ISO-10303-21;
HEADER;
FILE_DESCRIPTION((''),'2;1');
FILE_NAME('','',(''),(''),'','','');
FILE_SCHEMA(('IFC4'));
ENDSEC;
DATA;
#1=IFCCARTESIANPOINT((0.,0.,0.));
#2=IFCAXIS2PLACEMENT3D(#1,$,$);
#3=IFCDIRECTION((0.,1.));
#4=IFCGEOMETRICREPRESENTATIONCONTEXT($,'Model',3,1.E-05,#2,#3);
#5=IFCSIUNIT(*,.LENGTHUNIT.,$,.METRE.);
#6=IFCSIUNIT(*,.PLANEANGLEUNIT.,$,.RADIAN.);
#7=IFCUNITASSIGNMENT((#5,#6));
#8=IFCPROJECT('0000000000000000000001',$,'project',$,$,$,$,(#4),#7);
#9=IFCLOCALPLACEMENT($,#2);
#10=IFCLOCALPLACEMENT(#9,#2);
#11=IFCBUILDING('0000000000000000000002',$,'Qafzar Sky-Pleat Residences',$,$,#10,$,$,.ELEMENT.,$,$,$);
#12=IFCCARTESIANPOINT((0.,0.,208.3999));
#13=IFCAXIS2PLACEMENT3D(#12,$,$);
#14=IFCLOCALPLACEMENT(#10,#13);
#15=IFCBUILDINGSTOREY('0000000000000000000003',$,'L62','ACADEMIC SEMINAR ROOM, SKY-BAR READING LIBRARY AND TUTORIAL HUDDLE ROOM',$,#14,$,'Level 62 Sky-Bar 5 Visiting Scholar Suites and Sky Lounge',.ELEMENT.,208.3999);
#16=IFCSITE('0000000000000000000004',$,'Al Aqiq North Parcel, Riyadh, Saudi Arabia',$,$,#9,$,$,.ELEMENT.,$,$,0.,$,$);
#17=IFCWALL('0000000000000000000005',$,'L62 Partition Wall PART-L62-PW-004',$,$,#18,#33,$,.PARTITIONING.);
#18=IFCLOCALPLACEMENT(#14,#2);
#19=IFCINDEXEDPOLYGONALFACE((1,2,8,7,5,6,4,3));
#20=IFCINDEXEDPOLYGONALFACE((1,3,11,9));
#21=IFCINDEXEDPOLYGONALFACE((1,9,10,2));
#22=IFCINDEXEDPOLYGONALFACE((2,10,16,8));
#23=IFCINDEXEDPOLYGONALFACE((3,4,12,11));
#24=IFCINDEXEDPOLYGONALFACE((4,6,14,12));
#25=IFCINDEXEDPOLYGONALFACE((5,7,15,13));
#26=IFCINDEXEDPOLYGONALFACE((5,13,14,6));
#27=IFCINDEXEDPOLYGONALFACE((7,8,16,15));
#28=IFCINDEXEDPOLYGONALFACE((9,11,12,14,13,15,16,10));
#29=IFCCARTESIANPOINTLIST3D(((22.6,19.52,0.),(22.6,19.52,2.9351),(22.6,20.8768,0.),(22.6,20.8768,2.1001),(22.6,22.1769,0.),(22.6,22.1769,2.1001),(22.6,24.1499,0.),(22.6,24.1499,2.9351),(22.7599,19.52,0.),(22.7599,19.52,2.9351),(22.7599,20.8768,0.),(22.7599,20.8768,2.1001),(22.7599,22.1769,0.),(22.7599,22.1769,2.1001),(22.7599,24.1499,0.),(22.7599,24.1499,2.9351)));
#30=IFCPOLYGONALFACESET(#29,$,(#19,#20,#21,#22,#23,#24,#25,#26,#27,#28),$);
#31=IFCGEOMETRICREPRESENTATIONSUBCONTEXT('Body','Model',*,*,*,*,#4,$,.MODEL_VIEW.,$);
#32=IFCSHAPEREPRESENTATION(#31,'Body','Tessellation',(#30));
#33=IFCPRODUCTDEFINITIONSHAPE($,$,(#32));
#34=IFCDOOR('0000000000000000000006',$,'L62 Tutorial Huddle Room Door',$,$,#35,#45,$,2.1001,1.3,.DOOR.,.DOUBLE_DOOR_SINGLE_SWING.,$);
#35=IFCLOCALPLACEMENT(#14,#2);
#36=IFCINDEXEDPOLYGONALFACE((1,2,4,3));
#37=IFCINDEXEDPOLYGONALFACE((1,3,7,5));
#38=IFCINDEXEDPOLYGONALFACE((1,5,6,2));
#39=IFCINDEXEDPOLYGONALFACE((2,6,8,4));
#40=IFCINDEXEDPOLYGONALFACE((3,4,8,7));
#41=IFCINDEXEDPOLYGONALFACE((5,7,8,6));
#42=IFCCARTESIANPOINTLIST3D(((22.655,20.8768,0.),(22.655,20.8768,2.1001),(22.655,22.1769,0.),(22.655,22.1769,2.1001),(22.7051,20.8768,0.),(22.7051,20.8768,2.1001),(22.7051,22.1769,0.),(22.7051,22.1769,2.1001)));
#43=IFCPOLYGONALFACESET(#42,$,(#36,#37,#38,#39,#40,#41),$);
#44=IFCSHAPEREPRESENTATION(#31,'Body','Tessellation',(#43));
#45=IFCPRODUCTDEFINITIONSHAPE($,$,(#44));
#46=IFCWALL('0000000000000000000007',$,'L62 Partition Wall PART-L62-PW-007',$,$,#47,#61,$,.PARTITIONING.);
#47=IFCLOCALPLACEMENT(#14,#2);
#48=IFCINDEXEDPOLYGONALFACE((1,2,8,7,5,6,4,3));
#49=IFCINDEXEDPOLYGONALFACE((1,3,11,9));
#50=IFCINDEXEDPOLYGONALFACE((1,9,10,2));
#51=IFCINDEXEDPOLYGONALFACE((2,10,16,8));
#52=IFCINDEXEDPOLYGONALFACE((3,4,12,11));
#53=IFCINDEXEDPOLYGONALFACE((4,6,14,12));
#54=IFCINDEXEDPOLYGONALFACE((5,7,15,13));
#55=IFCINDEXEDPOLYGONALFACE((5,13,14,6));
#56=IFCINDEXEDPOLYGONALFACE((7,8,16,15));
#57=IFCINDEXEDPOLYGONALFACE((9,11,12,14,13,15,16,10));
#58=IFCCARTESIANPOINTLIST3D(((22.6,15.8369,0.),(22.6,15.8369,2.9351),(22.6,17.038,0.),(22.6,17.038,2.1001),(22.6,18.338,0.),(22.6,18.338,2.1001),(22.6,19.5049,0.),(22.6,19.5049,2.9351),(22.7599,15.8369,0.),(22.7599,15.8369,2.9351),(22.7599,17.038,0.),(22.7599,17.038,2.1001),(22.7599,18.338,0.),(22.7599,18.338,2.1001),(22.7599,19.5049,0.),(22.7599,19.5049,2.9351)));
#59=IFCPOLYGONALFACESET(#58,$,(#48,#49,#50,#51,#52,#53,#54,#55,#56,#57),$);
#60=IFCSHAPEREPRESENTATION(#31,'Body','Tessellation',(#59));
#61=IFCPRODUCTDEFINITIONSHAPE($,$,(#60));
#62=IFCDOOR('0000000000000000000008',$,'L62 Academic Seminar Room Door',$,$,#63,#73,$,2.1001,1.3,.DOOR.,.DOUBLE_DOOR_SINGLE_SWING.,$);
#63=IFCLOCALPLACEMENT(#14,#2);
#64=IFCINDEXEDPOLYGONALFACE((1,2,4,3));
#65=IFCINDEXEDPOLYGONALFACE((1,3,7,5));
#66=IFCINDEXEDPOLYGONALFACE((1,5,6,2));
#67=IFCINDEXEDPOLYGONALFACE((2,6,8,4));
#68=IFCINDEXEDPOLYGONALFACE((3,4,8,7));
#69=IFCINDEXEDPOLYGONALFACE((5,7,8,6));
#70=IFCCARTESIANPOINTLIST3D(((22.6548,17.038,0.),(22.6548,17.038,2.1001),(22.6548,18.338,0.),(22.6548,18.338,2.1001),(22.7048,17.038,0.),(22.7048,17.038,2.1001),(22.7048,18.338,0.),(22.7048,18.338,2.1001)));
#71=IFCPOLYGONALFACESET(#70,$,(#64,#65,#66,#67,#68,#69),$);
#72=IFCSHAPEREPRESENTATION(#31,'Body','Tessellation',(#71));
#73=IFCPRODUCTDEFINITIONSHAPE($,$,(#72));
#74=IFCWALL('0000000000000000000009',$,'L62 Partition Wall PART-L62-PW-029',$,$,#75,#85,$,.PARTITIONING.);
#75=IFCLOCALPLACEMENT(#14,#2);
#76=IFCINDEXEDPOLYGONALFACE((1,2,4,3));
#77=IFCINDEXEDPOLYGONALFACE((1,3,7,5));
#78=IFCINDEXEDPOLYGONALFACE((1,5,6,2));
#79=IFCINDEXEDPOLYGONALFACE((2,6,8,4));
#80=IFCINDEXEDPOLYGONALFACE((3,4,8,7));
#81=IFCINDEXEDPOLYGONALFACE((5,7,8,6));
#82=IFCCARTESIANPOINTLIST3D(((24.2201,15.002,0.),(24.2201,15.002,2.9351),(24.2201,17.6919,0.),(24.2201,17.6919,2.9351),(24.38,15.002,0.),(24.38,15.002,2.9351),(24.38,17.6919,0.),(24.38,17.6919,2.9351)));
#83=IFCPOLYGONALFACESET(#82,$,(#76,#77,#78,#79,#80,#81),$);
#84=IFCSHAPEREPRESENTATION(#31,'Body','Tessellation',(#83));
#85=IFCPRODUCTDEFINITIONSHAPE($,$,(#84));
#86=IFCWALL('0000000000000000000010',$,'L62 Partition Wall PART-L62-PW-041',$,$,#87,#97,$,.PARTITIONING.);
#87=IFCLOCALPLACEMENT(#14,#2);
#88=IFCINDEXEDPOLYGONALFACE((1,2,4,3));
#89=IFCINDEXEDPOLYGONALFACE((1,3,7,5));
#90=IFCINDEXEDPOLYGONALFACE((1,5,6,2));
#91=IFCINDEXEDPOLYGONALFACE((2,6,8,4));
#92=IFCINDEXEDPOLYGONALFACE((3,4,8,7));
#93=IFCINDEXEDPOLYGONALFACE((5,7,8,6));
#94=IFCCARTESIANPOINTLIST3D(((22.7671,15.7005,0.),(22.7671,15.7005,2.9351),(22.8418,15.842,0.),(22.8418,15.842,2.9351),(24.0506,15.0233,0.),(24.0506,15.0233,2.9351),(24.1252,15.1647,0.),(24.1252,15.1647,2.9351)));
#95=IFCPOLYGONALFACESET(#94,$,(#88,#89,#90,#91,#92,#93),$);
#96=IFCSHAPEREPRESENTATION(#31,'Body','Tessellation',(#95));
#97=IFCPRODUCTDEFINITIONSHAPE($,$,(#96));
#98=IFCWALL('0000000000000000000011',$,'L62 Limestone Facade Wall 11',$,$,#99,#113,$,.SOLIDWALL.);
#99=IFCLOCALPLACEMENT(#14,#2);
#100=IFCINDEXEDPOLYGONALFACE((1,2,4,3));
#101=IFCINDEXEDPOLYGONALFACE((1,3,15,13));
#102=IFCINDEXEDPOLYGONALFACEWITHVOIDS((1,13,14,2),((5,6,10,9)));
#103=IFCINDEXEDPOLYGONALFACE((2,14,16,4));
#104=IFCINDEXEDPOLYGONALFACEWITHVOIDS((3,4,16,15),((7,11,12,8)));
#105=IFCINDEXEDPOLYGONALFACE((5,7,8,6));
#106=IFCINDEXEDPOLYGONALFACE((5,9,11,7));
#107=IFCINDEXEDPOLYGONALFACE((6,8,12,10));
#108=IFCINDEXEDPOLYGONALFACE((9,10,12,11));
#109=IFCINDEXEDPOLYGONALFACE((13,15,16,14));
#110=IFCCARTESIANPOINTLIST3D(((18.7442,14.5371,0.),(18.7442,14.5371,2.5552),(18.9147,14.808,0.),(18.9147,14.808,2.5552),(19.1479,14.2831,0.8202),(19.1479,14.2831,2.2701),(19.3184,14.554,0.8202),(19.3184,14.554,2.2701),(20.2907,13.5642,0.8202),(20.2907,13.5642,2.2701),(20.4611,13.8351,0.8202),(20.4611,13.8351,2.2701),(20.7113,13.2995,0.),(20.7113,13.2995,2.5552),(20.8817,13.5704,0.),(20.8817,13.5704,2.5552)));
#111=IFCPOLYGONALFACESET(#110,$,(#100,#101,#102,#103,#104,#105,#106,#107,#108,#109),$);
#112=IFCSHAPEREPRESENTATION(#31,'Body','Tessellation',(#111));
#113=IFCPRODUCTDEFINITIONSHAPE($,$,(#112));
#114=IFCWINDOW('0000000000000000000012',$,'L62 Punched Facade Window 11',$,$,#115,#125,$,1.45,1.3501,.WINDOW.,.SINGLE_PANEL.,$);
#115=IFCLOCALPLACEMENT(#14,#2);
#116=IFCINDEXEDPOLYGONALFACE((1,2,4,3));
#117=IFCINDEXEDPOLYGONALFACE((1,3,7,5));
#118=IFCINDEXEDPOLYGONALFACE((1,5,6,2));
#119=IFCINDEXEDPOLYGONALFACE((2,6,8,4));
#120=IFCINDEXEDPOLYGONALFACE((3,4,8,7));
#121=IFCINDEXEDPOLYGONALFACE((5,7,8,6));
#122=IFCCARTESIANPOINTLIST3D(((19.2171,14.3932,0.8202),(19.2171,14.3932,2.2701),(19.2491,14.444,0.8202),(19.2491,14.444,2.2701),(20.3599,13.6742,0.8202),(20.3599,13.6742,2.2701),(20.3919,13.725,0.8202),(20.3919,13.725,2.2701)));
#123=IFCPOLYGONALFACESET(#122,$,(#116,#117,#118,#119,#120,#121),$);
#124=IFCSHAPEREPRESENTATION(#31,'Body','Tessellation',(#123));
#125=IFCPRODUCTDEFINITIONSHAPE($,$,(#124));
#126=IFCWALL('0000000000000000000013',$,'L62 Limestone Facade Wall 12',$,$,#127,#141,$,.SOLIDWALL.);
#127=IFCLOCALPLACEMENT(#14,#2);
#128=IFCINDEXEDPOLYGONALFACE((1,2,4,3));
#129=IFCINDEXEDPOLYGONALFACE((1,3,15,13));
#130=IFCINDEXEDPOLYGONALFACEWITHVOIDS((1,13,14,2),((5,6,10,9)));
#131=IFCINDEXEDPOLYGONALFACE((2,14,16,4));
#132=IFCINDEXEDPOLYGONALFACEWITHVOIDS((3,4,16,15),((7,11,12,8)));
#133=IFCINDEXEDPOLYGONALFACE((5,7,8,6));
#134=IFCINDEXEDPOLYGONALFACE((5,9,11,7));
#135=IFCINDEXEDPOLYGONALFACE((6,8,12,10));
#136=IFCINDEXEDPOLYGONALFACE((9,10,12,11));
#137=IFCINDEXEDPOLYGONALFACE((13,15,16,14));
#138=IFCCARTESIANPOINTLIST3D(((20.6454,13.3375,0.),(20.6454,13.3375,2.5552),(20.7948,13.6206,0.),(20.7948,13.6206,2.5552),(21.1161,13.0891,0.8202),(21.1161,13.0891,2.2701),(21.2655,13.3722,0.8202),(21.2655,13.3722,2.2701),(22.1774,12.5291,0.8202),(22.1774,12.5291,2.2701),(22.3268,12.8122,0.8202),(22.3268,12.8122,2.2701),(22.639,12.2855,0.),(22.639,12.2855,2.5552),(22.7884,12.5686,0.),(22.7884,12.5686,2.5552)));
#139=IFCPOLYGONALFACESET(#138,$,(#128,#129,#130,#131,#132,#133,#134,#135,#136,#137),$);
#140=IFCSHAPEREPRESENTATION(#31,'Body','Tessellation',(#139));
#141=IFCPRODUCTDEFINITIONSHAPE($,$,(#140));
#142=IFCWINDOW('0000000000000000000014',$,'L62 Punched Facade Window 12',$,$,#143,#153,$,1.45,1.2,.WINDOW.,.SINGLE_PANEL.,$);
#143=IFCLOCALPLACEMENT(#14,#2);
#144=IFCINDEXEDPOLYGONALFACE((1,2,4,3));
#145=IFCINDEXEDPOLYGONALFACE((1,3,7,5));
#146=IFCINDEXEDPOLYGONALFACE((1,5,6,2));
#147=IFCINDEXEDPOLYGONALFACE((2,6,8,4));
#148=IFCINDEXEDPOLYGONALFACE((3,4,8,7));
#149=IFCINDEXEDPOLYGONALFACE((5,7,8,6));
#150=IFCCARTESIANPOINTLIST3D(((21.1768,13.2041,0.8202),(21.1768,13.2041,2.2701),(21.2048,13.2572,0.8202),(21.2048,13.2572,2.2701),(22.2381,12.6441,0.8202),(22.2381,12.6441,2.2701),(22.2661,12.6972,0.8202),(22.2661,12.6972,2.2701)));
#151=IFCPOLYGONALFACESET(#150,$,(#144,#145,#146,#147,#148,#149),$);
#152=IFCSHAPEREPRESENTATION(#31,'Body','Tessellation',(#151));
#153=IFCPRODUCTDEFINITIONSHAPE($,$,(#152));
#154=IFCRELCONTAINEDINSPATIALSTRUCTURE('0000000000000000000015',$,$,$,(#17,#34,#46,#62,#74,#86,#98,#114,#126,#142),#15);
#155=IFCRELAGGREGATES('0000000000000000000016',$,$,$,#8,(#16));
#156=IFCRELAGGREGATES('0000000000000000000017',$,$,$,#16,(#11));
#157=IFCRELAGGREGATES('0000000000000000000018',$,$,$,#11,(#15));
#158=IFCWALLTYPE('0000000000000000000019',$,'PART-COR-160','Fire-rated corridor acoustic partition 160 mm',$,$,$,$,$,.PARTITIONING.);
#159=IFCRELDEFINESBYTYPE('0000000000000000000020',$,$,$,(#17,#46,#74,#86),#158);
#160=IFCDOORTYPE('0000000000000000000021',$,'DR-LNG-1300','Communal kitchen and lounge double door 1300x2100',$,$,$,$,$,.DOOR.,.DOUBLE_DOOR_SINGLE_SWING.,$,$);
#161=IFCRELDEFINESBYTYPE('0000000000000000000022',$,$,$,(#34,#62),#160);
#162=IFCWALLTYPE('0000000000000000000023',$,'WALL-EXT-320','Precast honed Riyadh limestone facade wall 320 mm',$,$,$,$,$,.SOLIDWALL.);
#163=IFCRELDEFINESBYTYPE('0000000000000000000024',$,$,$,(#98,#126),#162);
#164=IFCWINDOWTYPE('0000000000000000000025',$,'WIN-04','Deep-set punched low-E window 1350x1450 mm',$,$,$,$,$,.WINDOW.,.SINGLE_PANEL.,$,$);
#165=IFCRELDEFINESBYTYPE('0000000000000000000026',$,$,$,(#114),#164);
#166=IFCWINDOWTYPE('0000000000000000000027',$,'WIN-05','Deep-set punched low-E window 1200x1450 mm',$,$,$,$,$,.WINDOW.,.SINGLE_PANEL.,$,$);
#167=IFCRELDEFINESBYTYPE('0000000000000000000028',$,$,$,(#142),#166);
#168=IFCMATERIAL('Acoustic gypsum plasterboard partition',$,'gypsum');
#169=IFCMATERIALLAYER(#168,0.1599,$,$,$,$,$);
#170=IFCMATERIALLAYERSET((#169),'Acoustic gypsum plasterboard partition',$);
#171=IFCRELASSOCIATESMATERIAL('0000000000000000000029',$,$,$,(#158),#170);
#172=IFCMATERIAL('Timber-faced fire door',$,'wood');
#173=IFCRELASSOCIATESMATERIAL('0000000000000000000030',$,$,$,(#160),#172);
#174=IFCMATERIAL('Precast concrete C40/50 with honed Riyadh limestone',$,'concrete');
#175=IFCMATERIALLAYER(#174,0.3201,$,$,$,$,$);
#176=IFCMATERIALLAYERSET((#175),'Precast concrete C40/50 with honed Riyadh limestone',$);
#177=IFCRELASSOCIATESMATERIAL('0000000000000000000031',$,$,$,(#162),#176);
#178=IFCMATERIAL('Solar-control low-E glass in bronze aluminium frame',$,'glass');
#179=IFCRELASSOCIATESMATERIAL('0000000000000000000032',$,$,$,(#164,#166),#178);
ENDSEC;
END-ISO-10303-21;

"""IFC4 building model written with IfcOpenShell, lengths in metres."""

from ifc_helpers import new_model, si_unit, direction, frame, frame_2d, origin, place, context, subcontext, project, spatial, rectangle, extrude, source, transform, mapped, material, layer, layer_set, type_object, element, fill, save


model = new_model("IFC4")

# Units and contexts
model_context = context("Model", 3, precision=1e-05, world=origin(), true_north=direction((0.0, 1.0)))
body_context = subcontext(model_context, "Body", "Model", "MODEL_VIEW")
ifc_project = project(units=[si_unit("LENGTHUNIT", "METRE"), si_unit("PLANEANGLEUNIT", "RADIAN")], contexts=[model_context])

# Site, building, storey
site_placement = place(None, origin())
site = spatial("IfcSite", under=ifc_project, at=site_placement, Name="Al Aqiq North Parcel, Riyadh, Saudi Arabia", CompositionType="ELEMENT", RefElevation=0.0)
building_placement = place(site_placement, origin())
building = spatial("IfcBuilding", under=site, at=building_placement, Name="Qafzar Sky-Pleat Residences", CompositionType="ELEMENT")
storey_placement = place(building_placement, frame((0.0, 0.0, 208.3999)))
storey = spatial("IfcBuildingStorey", under=building, at=storey_placement, Name="L62", Description="ACADEMIC SEMINAR ROOM, SKY-BAR READING LIBRARY AND TUTORIAL HUDDLE ROOM", LongName="Level 62 Sky-Bar 5 Visiting Scholar Suites and Sky Lounge", CompositionType="ELEMENT", Elevation=208.3999)

# Walls, openings, doors
ifc_material_1 = material(Name="Acoustic gypsum plasterboard partition", Category="gypsum")
ifc_layer_1 = layer(ifc_material_1, 0.1599)
ifc_layer_set_1 = layer_set([ifc_layer_1], Name="Acoustic gypsum plasterboard partition")
wall_type_1 = type_object("IfcWallType", Name="PART-COR-160", Description="Fire-rated corridor acoustic partition 160 mm", PredefinedType="PARTITIONING", material=ifc_layer_set_1)
wall_1_placement = place(storey_placement, frame((22.6799, 19.52, 0.0), z_axis=(0.0, 0.0, 1.0), x_axis=(0.0, 1.0, 0.0)))
wall_1 = element("IfcWall", 1, at=wall_1_placement, inside=storey, type_object=wall_type_1, Name="L62 Partition Wall PART-L62-PW-004", PredefinedType="PARTITIONING", context=body_context, shape_type="SweptSolid", body=[
    extrude(rectangle(XDim=4.6299, YDim=0.1599, at=frame_2d((2.3149, 0.0))), origin(), (0.0, 0.0, 1.0), 2.9351),
])
opening_1_placement = place(wall_1_placement, frame((1.3569, 0.0, 0.0)))
opening_1 = element("IfcOpeningElement", 2, at=opening_1_placement, cuts=wall_1, PredefinedType="OPENING", context=body_context, shape_type="SweptSolid", body=[
    extrude(rectangle(XDim=1.3, YDim=2.1001, at=frame_2d((0.6499, 1.05))), frame((0.0, 0.0898, 0.0), z_axis=(0.0, -1.0, 0.0), x_axis=(1.0, 0.0, 0.0)), (0.0, 0.0, 1.0), 0.1799),
])
ifc_material_2 = material(Name="Timber-faced fire door", Category="wood")
door_type_1 = type_object("IfcDoorType", Name="DR-LNG-1300", Description="Communal kitchen and lounge double door 1300x2100", OperationType="DOUBLE_DOOR_SINGLE_SWING", PredefinedType="DOOR", material=ifc_material_2)
shared_shape_1 = source(origin(), body_context, "Body", "SweptSolid", [
    extrude(rectangle(XDim=1.3, YDim=2.1001, at=frame_2d((0.6499, 1.05))), frame((0.0, 0.0249, 0.0), z_axis=(0.0, -1.0, 0.0), x_axis=(1.0, 0.0, 0.0)), (0.0, 0.0, 1.0), 0.05),
])
door_1_placement = place(opening_1_placement, origin())
door_1 = element("IfcDoor", 3, at=door_1_placement, inside=storey, type_object=door_type_1, Name="L62 Tutorial Huddle Room Door", OperationType="DOUBLE_DOOR_SINGLE_SWING", OverallHeight=2.1001, OverallWidth=1.3, PredefinedType="DOOR", context=body_context, shape_type="MappedRepresentation", body=[
    mapped(shared_shape_1, transform((0.0, 0.0, 0.0), x_axis=(1.0, 0.0, 0.0), y_axis=(0.0, 1.0, 0.0), z_axis=(0.0, 0.0, 1.0), scale=1.0)),
])
fill(opening_1, door_1)
wall_2_placement = place(storey_placement, frame((22.6799, 19.5049, 0.0), z_axis=(0.0, 0.0, 1.0), x_axis=(0.0, -1.0, 0.0)))
wall_2 = element("IfcWall", 4, at=wall_2_placement, inside=storey, type_object=wall_type_1, Name="L62 Partition Wall PART-L62-PW-007", PredefinedType="PARTITIONING", context=body_context, shape_type="SweptSolid", body=[
    extrude(rectangle(XDim=3.668, YDim=0.1599, at=frame_2d((1.834, 0.0))), origin(), (0.0, 0.0, 1.0), 2.9351),
])
opening_2_placement = place(wall_2_placement, frame((1.167, 0.0, 0.0)))
opening_2 = element("IfcOpeningElement", 5, at=opening_2_placement, cuts=wall_2, PredefinedType="OPENING", context=body_context, shape_type="SweptSolid", body=[
    extrude(rectangle(XDim=1.3, YDim=2.1001, at=frame_2d((0.6499, 1.05))), frame((0.0, 0.0898, 0.0), z_axis=(0.0, -1.0, 0.0), x_axis=(1.0, 0.0, 0.0)), (0.0, 0.0, 1.0), 0.1799),
])
door_2_placement = place(opening_2_placement, origin())
door_2 = element("IfcDoor", 6, at=door_2_placement, inside=storey, type_object=door_type_1, Name="L62 Academic Seminar Room Door", OperationType="DOUBLE_DOOR_SINGLE_SWING", OverallHeight=2.1001, OverallWidth=1.3, PredefinedType="DOOR", context=body_context, shape_type="MappedRepresentation", body=[
    mapped(shared_shape_1, transform((0.0, 0.0, 0.0), x_axis=(1.0, 0.0, 0.0), y_axis=(0.0, 1.0, 0.0), z_axis=(0.0, 0.0, 1.0), scale=1.0)),
])
fill(opening_2, door_2)

# Walls
wall_3_placement = place(storey_placement, frame((24.3, 15.002, 0.0), z_axis=(0.0, 0.0, 1.0), x_axis=(0.0, 1.0, 0.0)))
element("IfcWall", 7, at=wall_3_placement, inside=storey, type_object=wall_type_1, Name="L62 Partition Wall PART-L62-PW-029", PredefinedType="PARTITIONING", context=body_context, shape_type="SweptSolid", body=[
    extrude(rectangle(XDim=2.6899, YDim=0.1599, at=frame_2d((1.345, 0.0))), origin(), (0.0, 0.0, 1.0), 2.9351),
])
wall_4_placement = place(storey_placement, frame((22.8044, 15.7712, 0.0), z_axis=(0.0, 0.0, 1.0), x_axis=(0.884421, -0.466689, 0.0)))
element("IfcWall", 8, at=wall_4_placement, inside=storey, type_object=wall_type_1, Name="L62 Partition Wall PART-L62-PW-041", PredefinedType="PARTITIONING", context=body_context, shape_type="SweptSolid", body=[
    extrude(rectangle(XDim=1.4512, YDim=0.1599, at=frame_2d((0.7256, 0.0))), origin(), (0.0, 0.0, 1.0), 2.9351),
])

# Walls, openings, windows
ifc_material_3 = material(Name="Precast concrete C40/50 with honed Riyadh limestone", Category="concrete")
ifc_layer_2 = layer(ifc_material_3, 0.3201)
ifc_layer_set_2 = layer_set([ifc_layer_2], Name="Precast concrete C40/50 with honed Riyadh limestone")
wall_type_2 = type_object("IfcWallType", Name="WALL-EXT-320", Description="Precast honed Riyadh limestone facade wall 320 mm", PredefinedType="SOLIDWALL", material=ifc_layer_set_2)
wall_5_placement = place(storey_placement, frame((18.8293, 14.6726, 0.0), z_axis=(0.0, 0.0, 1.0), x_axis=(0.846419, -0.532518, 0.0)))
wall_5 = element("IfcWall", 9, at=wall_5_placement, inside=storey, type_object=wall_type_2, Name="L62 Limestone Facade Wall 11", PredefinedType="SOLIDWALL", context=body_context, shape_type="SweptSolid", body=[
    extrude(rectangle(XDim=2.324, YDim=0.3201, at=frame_2d((1.1621, 0.0))), origin(), (0.0, 0.0, 1.0), 2.5552),
])
opening_3_placement = place(wall_5_placement, frame((0.4771, 0.0, 0.8201)))
opening_3 = element("IfcOpeningElement", 10, at=opening_3_placement, cuts=wall_5, PredefinedType="OPENING", context=body_context, shape_type="SweptSolid", body=[
    extrude(rectangle(XDim=1.3501, YDim=1.45, at=frame_2d((0.675, 0.7251))), frame((0.0, 0.1699, 0.0), z_axis=(0.0, -1.0, 0.0), x_axis=(1.0, 0.0, 0.0)), (0.0, 0.0, 1.0), 0.3401),
])
ifc_material_4 = material(Name="Solar-control low-E glass in bronze aluminium frame", Category="glass")
window_type_1 = type_object("IfcWindowType", Name="WIN-04", Description="Deep-set punched low-E window 1350x1450 mm", PartitioningType="SINGLE_PANEL", PredefinedType="WINDOW", material=ifc_material_4)
shared_shape_2 = source(origin(), body_context, "Body", "SweptSolid", [
    extrude(rectangle(XDim=1.3501, YDim=1.45, at=frame_2d((0.675, 0.7251))), frame((0.0, 0.03, 0.0), z_axis=(0.0, -1.0, 0.0), x_axis=(1.0, 0.0, 0.0)), (0.0, 0.0, 1.0), 0.0601),
])
window_1_placement = place(opening_3_placement, origin())
window_1 = element("IfcWindow", 11, at=window_1_placement, inside=storey, type_object=window_type_1, Name="L62 Punched Facade Window 11", OverallHeight=1.45, OverallWidth=1.3501, PartitioningType="SINGLE_PANEL", PredefinedType="WINDOW", context=body_context, shape_type="MappedRepresentation", body=[
    mapped(shared_shape_2, transform((0.0, 0.0, 0.0), x_axis=(1.0, 0.0, 0.0), y_axis=(0.0, 1.0, 0.0), z_axis=(0.0, 0.0, 1.0), scale=1.0)),
])
fill(opening_3, window_1)
wall_6_placement = place(storey_placement, frame((20.7202, 13.479, 0.0), z_axis=(0.0, 0.0, 1.0), x_axis=(0.884422, -0.466688, 0.0)))
wall_6 = element("IfcWall", 12, at=wall_6_placement, inside=storey, type_object=wall_type_2, Name="L62 Limestone Facade Wall 12", PredefinedType="SOLIDWALL", context=body_context, shape_type="SweptSolid", body=[
    extrude(rectangle(XDim=2.2542, YDim=0.3201, at=frame_2d((1.127, 0.0))), origin(), (0.0, 0.0, 1.0), 2.5552),
])
opening_4_placement = place(wall_6_placement, frame((0.532, 0.0, 0.8201)))
opening_4 = element("IfcOpeningElement", 13, at=opening_4_placement, cuts=wall_6, PredefinedType="OPENING", context=body_context, shape_type="SweptSolid", body=[
    extrude(rectangle(XDim=1.2, YDim=1.45, at=frame_2d((0.6001, 0.7251))), frame((0.0, 0.1699, 0.0), z_axis=(0.0, -1.0, 0.0), x_axis=(1.0, 0.0, 0.0)), (0.0, 0.0, 1.0), 0.3401),
])
window_type_2 = type_object("IfcWindowType", Name="WIN-05", Description="Deep-set punched low-E window 1200x1450 mm", PartitioningType="SINGLE_PANEL", PredefinedType="WINDOW", material=ifc_material_4)
shared_shape_3 = source(origin(), body_context, "Body", "SweptSolid", [
    extrude(rectangle(XDim=1.2, YDim=1.45, at=frame_2d((0.6001, 0.7251))), frame((0.0, 0.03, 0.0), z_axis=(0.0, -1.0, 0.0), x_axis=(1.0, 0.0, 0.0)), (0.0, 0.0, 1.0), 0.0601),
])
window_2_placement = place(opening_4_placement, origin())
window_2 = element("IfcWindow", 14, at=window_2_placement, inside=storey, type_object=window_type_2, Name="L62 Punched Facade Window 12", OverallHeight=1.45, OverallWidth=1.2, PartitioningType="SINGLE_PANEL", PredefinedType="WINDOW", context=body_context, shape_type="MappedRepresentation", body=[
    mapped(shared_shape_3, transform((0.0, 0.0, 0.0), x_axis=(1.0, 0.0, 0.0), y_axis=(0.0, 1.0, 0.0), z_axis=(0.0, 0.0, 1.0), scale=1.0)),
])
fill(opening_4, window_2)

save(model, "model.ifc")
